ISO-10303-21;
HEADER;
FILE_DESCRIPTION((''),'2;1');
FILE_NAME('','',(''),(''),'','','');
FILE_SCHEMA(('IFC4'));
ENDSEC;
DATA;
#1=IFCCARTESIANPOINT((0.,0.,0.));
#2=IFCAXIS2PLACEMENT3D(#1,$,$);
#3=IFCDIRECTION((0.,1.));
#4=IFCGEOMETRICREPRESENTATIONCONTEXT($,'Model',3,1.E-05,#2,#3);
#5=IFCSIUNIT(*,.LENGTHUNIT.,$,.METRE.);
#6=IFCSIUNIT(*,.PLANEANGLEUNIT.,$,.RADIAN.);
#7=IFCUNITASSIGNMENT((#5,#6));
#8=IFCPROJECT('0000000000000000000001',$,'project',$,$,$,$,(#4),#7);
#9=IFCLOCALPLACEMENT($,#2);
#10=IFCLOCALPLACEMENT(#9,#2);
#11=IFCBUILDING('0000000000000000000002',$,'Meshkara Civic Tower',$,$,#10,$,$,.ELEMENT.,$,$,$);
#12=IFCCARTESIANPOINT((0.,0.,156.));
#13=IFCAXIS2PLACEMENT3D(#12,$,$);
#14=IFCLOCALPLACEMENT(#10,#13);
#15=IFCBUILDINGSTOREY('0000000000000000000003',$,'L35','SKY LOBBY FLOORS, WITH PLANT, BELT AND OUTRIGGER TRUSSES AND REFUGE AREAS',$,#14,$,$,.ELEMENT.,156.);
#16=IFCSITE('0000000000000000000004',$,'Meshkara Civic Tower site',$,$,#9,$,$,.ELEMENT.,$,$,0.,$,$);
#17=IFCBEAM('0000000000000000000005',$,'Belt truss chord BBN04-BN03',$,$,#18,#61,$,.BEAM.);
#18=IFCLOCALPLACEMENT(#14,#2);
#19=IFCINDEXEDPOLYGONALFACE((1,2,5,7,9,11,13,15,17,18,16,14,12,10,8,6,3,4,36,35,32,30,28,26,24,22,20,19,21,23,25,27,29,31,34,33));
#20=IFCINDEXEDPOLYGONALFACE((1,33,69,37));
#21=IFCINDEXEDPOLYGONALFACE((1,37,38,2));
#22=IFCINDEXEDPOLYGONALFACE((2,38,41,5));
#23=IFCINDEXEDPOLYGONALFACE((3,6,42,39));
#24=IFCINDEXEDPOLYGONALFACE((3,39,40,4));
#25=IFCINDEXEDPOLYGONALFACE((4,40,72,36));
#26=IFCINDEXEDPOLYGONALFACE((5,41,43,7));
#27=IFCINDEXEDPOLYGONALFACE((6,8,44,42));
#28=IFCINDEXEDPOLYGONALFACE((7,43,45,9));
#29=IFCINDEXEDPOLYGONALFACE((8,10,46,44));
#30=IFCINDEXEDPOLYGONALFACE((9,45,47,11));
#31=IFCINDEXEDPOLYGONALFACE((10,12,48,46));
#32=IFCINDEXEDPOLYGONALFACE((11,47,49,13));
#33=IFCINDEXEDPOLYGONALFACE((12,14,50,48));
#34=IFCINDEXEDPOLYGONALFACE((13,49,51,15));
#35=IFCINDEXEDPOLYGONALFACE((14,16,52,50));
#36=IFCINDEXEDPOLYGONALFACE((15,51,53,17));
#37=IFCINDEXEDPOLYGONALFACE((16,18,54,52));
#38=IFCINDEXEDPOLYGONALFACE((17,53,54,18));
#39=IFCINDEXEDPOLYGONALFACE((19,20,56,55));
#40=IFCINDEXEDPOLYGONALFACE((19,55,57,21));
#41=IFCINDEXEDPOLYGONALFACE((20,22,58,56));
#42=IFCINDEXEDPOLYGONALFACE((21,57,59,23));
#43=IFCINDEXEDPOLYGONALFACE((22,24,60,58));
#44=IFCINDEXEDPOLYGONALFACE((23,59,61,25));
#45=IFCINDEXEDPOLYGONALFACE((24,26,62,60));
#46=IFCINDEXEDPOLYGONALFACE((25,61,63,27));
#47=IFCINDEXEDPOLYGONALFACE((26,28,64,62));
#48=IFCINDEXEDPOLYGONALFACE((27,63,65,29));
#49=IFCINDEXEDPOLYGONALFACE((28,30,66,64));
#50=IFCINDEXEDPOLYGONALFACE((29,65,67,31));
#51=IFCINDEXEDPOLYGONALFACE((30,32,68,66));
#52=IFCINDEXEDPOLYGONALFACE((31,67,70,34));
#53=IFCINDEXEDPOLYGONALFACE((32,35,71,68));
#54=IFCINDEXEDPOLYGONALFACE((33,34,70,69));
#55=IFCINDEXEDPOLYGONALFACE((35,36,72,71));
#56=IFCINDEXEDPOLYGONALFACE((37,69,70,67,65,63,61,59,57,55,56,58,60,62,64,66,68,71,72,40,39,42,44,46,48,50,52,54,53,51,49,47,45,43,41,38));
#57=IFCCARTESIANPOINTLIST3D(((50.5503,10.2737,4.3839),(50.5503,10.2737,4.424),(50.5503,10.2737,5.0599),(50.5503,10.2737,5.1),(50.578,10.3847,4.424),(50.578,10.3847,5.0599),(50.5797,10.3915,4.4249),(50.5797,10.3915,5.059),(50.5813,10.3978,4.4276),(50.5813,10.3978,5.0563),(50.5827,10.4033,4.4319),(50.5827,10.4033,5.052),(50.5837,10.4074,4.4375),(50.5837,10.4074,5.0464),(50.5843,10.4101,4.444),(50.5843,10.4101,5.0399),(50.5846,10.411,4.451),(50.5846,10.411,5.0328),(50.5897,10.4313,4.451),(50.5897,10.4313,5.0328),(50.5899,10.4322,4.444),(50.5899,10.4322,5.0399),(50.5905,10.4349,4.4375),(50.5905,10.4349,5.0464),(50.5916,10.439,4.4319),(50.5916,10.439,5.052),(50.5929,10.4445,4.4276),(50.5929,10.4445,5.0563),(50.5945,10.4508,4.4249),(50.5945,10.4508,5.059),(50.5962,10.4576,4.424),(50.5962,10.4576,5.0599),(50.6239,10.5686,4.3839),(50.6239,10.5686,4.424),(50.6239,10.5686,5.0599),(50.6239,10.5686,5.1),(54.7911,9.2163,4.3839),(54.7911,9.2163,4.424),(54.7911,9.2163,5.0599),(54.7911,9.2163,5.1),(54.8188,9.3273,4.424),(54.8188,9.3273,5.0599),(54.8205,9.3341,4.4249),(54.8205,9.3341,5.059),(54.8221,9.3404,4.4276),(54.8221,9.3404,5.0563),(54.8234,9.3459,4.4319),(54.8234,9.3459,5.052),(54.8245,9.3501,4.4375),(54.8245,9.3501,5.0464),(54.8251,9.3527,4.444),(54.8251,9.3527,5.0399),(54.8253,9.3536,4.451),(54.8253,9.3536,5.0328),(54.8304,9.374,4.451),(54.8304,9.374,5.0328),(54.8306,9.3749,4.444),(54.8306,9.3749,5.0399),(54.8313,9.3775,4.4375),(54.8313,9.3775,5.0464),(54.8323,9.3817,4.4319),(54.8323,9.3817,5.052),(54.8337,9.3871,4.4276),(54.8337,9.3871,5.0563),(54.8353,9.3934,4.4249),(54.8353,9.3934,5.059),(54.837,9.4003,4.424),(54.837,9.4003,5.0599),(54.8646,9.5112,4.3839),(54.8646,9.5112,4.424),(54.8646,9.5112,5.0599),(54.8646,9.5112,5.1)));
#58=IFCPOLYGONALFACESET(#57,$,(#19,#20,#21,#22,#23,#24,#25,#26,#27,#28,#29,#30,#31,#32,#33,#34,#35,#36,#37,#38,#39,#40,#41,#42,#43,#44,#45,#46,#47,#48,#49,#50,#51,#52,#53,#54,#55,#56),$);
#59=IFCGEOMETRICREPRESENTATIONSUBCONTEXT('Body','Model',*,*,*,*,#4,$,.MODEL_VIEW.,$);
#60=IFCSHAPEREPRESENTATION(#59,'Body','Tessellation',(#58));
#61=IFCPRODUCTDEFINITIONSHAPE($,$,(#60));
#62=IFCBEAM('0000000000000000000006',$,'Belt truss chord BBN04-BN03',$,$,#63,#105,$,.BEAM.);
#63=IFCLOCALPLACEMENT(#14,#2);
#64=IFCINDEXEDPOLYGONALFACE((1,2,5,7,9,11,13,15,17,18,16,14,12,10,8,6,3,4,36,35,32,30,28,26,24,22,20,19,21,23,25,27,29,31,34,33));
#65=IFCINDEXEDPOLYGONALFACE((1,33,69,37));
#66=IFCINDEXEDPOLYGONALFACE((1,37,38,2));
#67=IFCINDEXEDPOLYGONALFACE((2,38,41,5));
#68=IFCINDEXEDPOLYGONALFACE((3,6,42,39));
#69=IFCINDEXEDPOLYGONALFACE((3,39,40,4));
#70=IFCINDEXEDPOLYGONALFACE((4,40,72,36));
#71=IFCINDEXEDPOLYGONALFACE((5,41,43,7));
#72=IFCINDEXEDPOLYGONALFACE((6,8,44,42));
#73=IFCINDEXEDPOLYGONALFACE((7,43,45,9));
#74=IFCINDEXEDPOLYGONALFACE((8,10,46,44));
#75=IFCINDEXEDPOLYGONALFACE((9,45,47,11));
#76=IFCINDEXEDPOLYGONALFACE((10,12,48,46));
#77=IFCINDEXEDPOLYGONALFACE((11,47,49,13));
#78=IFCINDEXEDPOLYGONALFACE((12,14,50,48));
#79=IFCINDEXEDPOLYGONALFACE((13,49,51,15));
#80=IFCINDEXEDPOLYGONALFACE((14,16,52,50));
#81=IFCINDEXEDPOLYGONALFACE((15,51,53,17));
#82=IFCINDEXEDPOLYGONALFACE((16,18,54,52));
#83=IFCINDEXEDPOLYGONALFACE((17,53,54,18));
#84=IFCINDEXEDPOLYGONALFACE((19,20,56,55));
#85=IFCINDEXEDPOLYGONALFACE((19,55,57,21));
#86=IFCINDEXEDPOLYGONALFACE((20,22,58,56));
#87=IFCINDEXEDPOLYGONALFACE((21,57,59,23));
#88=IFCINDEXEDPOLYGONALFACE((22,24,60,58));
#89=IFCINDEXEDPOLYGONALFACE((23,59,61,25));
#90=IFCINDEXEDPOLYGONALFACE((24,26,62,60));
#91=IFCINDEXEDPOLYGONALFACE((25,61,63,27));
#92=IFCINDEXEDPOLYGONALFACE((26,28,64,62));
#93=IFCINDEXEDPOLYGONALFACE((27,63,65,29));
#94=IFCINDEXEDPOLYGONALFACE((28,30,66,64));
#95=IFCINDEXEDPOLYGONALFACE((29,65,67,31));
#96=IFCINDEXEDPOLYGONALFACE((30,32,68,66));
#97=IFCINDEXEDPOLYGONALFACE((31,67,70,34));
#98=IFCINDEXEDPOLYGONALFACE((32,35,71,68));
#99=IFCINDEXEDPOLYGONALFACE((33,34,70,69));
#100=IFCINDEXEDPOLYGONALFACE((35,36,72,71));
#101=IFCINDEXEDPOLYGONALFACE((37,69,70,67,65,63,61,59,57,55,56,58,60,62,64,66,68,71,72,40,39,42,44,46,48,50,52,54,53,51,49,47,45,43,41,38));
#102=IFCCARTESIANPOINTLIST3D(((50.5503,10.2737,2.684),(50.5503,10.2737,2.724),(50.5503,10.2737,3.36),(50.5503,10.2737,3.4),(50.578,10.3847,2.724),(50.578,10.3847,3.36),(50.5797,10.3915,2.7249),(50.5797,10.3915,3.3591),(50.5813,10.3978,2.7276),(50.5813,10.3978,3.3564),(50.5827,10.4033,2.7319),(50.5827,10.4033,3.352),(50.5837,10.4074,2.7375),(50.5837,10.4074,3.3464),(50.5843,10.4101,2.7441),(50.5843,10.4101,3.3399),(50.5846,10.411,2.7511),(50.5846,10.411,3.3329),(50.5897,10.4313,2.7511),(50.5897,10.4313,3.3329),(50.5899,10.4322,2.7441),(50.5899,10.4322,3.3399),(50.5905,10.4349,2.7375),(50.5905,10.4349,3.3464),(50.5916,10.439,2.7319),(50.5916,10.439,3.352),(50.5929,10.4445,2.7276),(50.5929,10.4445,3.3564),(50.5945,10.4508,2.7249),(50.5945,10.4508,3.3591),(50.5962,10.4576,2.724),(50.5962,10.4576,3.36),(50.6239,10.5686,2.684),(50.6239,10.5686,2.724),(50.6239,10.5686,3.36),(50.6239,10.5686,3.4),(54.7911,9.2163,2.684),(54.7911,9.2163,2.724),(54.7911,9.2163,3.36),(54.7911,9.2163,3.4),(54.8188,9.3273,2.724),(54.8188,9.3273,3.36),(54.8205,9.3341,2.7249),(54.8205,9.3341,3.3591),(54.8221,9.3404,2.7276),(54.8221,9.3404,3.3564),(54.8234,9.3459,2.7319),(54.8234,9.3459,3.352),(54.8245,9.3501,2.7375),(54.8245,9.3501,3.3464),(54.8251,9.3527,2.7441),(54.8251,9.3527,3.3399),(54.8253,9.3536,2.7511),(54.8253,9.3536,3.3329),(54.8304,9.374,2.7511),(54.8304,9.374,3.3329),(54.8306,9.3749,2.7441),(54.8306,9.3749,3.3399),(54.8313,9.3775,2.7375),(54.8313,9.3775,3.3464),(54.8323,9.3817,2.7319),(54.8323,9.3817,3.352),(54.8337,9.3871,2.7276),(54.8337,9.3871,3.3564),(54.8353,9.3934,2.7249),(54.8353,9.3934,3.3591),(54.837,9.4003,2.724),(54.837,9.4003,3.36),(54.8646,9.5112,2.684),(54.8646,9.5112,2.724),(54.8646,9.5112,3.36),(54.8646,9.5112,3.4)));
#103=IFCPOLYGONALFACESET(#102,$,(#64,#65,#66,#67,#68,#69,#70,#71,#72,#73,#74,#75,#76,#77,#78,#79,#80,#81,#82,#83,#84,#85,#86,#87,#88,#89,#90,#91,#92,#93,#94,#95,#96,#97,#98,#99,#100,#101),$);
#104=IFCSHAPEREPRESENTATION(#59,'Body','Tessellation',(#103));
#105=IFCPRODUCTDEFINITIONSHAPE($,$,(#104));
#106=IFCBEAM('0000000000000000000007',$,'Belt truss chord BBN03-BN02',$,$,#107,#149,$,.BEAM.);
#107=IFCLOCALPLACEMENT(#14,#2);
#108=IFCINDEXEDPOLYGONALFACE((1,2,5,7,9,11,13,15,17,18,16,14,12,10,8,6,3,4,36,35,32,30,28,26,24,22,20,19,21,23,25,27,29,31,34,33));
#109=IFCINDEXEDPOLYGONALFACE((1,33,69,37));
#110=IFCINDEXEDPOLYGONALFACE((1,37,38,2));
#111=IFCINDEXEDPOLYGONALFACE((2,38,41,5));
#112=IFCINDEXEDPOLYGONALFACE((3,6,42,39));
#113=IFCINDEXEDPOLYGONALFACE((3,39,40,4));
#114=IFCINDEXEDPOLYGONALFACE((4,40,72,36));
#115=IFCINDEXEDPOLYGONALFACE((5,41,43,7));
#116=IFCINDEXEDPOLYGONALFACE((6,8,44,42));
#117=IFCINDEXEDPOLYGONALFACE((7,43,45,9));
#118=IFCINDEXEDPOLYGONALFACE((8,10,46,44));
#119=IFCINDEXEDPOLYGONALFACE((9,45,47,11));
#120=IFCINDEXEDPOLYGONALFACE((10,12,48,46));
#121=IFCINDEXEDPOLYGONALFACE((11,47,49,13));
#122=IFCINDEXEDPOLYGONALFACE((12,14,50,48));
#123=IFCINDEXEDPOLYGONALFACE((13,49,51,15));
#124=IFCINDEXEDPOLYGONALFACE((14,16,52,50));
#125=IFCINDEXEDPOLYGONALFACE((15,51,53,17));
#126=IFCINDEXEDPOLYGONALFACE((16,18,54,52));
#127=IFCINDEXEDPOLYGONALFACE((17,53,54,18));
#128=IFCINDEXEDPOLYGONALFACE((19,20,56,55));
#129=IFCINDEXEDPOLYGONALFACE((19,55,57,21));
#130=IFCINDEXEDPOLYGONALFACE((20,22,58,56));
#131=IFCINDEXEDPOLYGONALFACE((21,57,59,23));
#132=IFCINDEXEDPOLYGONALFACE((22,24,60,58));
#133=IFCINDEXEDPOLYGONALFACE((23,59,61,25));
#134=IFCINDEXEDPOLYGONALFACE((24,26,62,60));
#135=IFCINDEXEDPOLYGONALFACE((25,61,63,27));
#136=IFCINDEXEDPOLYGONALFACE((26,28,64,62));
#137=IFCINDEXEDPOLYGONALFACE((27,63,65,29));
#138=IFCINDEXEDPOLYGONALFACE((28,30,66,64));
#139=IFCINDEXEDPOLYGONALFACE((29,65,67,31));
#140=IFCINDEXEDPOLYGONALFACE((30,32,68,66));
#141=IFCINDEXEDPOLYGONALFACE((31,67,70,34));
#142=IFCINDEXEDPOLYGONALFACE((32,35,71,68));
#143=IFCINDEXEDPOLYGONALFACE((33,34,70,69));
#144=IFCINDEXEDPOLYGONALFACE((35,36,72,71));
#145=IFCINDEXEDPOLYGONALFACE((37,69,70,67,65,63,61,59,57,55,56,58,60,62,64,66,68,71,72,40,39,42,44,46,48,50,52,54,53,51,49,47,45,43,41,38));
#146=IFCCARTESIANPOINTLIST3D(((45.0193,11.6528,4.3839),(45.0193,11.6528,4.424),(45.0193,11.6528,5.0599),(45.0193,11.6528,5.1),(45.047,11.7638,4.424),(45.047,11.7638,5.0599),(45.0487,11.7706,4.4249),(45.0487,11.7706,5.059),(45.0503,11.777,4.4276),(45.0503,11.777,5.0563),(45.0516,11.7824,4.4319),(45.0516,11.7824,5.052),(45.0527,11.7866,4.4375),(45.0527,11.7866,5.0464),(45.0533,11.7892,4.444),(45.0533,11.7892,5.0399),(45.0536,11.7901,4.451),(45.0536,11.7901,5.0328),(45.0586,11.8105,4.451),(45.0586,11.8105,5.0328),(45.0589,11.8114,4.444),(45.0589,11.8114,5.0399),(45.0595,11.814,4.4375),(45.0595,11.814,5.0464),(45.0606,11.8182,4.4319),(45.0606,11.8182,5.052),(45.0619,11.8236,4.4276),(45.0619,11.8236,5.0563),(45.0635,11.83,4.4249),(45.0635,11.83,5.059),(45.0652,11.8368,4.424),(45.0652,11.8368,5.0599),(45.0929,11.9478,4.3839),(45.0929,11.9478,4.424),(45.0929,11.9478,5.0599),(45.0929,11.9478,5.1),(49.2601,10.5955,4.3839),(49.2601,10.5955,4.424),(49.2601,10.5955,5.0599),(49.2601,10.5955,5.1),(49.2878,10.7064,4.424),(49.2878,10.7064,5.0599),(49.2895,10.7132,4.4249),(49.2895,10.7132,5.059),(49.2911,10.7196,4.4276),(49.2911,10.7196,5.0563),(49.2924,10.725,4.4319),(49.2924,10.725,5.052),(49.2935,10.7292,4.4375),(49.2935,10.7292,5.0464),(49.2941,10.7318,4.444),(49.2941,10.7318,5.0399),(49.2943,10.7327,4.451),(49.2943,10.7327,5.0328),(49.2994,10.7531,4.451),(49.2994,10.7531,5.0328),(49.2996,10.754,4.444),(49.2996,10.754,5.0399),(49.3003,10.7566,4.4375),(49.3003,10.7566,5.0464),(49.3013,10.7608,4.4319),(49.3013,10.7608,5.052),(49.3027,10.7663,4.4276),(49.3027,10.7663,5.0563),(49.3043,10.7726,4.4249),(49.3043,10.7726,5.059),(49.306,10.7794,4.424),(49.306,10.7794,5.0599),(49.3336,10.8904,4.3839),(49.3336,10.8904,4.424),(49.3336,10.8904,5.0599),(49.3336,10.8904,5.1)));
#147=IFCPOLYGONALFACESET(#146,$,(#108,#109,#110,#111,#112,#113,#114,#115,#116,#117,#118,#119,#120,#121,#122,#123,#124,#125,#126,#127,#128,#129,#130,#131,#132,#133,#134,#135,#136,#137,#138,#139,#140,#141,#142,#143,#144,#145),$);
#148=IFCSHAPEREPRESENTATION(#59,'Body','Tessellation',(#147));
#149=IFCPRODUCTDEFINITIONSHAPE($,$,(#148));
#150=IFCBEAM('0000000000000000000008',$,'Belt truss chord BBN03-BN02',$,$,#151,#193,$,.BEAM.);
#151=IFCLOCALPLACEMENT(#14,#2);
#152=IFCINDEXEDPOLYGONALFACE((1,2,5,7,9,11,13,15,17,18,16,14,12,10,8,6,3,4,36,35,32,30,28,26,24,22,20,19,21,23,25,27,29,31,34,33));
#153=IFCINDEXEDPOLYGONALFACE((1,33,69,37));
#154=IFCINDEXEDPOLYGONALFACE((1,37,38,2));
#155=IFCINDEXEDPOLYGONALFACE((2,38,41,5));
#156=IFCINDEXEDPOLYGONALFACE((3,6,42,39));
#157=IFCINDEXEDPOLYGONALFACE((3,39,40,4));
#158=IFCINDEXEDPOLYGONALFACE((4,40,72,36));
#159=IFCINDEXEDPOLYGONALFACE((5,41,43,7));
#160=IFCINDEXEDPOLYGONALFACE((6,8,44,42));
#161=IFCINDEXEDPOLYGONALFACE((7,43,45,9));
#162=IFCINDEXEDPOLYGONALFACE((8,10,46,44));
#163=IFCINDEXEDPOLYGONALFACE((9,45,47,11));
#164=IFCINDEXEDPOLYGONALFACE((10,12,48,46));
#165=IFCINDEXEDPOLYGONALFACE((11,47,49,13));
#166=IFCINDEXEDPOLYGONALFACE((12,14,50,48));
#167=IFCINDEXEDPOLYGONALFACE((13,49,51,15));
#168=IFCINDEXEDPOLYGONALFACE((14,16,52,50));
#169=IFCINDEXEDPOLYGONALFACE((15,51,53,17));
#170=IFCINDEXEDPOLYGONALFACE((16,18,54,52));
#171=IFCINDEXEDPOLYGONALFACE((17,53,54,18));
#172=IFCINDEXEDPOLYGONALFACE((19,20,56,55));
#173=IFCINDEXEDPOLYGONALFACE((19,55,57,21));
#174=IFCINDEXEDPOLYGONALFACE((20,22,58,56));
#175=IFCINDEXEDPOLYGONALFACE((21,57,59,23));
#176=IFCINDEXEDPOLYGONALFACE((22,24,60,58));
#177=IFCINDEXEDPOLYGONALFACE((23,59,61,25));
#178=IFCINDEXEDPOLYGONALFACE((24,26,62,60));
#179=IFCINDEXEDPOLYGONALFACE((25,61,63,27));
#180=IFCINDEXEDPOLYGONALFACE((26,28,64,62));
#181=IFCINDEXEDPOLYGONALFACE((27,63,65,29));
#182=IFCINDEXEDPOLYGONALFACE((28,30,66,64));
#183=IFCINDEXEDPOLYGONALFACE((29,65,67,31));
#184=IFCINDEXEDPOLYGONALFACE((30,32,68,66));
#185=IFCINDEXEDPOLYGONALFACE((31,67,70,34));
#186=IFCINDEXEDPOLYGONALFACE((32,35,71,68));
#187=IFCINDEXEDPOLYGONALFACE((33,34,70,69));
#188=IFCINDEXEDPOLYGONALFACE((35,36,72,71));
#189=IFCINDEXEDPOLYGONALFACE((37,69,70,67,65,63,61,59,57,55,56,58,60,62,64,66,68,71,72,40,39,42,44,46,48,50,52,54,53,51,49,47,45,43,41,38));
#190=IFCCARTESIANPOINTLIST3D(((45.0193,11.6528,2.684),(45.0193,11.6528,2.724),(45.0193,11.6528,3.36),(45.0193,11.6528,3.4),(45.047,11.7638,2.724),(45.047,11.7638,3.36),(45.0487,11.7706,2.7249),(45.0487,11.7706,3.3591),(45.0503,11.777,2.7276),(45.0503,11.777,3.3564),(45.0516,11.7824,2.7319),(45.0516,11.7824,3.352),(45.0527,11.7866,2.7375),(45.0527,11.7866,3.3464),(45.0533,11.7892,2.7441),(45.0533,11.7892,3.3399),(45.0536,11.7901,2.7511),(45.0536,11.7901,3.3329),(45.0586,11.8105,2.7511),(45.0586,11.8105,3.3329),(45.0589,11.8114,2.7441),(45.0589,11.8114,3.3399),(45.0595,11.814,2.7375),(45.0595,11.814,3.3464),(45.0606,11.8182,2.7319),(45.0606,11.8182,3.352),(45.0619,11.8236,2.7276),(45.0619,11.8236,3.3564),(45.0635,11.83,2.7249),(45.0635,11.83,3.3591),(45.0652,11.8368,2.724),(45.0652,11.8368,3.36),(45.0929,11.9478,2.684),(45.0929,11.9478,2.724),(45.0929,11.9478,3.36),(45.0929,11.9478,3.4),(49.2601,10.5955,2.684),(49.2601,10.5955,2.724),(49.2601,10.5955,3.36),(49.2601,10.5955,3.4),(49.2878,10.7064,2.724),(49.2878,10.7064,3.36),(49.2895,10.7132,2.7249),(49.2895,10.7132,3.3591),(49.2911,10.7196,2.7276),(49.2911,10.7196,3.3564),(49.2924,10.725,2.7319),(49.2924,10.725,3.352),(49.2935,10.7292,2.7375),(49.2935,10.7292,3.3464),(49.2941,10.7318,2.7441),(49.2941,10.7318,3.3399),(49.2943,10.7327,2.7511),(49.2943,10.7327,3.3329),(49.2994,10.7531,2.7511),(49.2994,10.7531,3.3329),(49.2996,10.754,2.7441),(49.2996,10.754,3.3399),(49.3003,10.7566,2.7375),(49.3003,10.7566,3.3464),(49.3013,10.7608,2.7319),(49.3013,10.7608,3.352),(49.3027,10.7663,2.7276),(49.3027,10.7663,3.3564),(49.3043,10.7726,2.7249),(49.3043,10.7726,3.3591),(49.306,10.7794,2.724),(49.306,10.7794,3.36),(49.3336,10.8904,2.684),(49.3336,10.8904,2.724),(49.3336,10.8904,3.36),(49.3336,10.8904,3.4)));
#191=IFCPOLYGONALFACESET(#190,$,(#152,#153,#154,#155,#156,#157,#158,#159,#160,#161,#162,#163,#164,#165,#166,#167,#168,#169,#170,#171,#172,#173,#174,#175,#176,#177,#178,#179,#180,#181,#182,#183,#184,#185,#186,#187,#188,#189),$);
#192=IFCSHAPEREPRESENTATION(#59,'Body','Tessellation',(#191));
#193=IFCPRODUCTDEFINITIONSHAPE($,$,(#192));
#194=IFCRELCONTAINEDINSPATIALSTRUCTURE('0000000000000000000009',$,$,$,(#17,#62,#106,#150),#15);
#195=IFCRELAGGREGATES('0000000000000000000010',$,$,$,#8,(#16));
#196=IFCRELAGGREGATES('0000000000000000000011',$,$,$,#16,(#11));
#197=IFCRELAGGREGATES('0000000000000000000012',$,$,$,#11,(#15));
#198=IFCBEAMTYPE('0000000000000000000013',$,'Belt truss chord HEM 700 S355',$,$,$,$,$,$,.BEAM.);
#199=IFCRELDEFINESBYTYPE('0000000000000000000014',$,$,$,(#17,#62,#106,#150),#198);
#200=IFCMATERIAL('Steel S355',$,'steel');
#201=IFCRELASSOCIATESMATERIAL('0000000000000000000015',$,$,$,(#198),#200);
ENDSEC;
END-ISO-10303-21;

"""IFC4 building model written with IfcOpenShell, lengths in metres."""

from ifc_helpers import new_model, si_unit, direction, frame, origin, origin_2d, place, context, subcontext, project, spatial, i_section, extrude, material, material_profile, profile_set, type_object, element, save


model = new_model("IFC4")

# Units and contexts
model_context = context("Model", 3, precision=1e-05, world=origin(), true_north=direction((0.0, 1.0)))
body_context = subcontext(model_context, "Body", "Model", "MODEL_VIEW")
ifc_project = project(units=[si_unit("LENGTHUNIT", "METRE"), si_unit("PLANEANGLEUNIT", "RADIAN")], contexts=[model_context])

# Site, building, storey
site_placement = place(None, origin())
site = spatial("IfcSite", under=ifc_project, at=site_placement, Name="Meshkara Civic Tower site", CompositionType="ELEMENT", RefElevation=0.0)
building_placement = place(site_placement, origin())
building = spatial("IfcBuilding", under=site, at=building_placement, Name="Meshkara Civic Tower", CompositionType="ELEMENT")
storey_placement = place(building_placement, frame((0.0, 0.0, 156.0)))
storey = spatial("IfcBuildingStorey", under=building, at=storey_placement, Name="L35", Description="SKY LOBBY FLOORS, WITH PLANT, BELT AND OUTRIGGER TRUSSES AND REFUGE AREAS", CompositionType="ELEMENT", Elevation=156.0)

# Beams
ifc_material_1 = material(Name="Steel S355", Category="steel")
ifc_material_profile_1 = material_profile(ifc_material_1, i_section(OverallWidth=0.304, OverallDepth=0.7161, WebThickness=0.021, FlangeThickness=0.04, FilletRadius=0.0271, at=origin_2d()))
ifc_profile_set_1 = profile_set([ifc_material_profile_1], Name="Steel S355")
beam_type_1 = type_object("IfcBeamType", Name="Belt truss chord HEM 700 S355", PredefinedType="BEAM", material=ifc_profile_set_1)
for number, where, z_axis, x_axis, name in (
    (1, (54.8279, 9.3638, 4.7419), (-0.970293, 0.241931, 0.0), (-0.241931, -0.970293, 0.0), "Belt truss chord BBN04-BN03"),
    (2, (54.8279, 9.3638, 3.042), (-0.970293, 0.241931, 0.0), (-0.241931, -0.970293, 0.0), "Belt truss chord BBN04-BN03"),
    (3, (49.2969, 10.7429, 4.7419), (-0.970293, 0.241931, 0.0), (-0.241931, -0.970293, 0.0), "Belt truss chord BBN03-BN02"),
    (4, (49.2969, 10.7429, 3.042), (-0.970293, 0.241931, 0.0), (-0.241931, -0.970293, 0.0), "Belt truss chord BBN03-BN02"),
):
    element("IfcBeam", number, at=place(storey_placement, frame(where, z_axis=z_axis, x_axis=x_axis)), inside=storey, type_object=beam_type_1, Name=name, PredefinedType="BEAM", context=body_context, shape_type="SweptSolid", body=[
        extrude(i_section(OverallWidth=0.304, OverallDepth=0.7161, WebThickness=0.021, FlangeThickness=0.04, FilletRadius=0.0271, at=origin_2d()), origin(), (0.0, 0.0, 1.0), 4.3706),
    ])

save(model, "model.ifc")
